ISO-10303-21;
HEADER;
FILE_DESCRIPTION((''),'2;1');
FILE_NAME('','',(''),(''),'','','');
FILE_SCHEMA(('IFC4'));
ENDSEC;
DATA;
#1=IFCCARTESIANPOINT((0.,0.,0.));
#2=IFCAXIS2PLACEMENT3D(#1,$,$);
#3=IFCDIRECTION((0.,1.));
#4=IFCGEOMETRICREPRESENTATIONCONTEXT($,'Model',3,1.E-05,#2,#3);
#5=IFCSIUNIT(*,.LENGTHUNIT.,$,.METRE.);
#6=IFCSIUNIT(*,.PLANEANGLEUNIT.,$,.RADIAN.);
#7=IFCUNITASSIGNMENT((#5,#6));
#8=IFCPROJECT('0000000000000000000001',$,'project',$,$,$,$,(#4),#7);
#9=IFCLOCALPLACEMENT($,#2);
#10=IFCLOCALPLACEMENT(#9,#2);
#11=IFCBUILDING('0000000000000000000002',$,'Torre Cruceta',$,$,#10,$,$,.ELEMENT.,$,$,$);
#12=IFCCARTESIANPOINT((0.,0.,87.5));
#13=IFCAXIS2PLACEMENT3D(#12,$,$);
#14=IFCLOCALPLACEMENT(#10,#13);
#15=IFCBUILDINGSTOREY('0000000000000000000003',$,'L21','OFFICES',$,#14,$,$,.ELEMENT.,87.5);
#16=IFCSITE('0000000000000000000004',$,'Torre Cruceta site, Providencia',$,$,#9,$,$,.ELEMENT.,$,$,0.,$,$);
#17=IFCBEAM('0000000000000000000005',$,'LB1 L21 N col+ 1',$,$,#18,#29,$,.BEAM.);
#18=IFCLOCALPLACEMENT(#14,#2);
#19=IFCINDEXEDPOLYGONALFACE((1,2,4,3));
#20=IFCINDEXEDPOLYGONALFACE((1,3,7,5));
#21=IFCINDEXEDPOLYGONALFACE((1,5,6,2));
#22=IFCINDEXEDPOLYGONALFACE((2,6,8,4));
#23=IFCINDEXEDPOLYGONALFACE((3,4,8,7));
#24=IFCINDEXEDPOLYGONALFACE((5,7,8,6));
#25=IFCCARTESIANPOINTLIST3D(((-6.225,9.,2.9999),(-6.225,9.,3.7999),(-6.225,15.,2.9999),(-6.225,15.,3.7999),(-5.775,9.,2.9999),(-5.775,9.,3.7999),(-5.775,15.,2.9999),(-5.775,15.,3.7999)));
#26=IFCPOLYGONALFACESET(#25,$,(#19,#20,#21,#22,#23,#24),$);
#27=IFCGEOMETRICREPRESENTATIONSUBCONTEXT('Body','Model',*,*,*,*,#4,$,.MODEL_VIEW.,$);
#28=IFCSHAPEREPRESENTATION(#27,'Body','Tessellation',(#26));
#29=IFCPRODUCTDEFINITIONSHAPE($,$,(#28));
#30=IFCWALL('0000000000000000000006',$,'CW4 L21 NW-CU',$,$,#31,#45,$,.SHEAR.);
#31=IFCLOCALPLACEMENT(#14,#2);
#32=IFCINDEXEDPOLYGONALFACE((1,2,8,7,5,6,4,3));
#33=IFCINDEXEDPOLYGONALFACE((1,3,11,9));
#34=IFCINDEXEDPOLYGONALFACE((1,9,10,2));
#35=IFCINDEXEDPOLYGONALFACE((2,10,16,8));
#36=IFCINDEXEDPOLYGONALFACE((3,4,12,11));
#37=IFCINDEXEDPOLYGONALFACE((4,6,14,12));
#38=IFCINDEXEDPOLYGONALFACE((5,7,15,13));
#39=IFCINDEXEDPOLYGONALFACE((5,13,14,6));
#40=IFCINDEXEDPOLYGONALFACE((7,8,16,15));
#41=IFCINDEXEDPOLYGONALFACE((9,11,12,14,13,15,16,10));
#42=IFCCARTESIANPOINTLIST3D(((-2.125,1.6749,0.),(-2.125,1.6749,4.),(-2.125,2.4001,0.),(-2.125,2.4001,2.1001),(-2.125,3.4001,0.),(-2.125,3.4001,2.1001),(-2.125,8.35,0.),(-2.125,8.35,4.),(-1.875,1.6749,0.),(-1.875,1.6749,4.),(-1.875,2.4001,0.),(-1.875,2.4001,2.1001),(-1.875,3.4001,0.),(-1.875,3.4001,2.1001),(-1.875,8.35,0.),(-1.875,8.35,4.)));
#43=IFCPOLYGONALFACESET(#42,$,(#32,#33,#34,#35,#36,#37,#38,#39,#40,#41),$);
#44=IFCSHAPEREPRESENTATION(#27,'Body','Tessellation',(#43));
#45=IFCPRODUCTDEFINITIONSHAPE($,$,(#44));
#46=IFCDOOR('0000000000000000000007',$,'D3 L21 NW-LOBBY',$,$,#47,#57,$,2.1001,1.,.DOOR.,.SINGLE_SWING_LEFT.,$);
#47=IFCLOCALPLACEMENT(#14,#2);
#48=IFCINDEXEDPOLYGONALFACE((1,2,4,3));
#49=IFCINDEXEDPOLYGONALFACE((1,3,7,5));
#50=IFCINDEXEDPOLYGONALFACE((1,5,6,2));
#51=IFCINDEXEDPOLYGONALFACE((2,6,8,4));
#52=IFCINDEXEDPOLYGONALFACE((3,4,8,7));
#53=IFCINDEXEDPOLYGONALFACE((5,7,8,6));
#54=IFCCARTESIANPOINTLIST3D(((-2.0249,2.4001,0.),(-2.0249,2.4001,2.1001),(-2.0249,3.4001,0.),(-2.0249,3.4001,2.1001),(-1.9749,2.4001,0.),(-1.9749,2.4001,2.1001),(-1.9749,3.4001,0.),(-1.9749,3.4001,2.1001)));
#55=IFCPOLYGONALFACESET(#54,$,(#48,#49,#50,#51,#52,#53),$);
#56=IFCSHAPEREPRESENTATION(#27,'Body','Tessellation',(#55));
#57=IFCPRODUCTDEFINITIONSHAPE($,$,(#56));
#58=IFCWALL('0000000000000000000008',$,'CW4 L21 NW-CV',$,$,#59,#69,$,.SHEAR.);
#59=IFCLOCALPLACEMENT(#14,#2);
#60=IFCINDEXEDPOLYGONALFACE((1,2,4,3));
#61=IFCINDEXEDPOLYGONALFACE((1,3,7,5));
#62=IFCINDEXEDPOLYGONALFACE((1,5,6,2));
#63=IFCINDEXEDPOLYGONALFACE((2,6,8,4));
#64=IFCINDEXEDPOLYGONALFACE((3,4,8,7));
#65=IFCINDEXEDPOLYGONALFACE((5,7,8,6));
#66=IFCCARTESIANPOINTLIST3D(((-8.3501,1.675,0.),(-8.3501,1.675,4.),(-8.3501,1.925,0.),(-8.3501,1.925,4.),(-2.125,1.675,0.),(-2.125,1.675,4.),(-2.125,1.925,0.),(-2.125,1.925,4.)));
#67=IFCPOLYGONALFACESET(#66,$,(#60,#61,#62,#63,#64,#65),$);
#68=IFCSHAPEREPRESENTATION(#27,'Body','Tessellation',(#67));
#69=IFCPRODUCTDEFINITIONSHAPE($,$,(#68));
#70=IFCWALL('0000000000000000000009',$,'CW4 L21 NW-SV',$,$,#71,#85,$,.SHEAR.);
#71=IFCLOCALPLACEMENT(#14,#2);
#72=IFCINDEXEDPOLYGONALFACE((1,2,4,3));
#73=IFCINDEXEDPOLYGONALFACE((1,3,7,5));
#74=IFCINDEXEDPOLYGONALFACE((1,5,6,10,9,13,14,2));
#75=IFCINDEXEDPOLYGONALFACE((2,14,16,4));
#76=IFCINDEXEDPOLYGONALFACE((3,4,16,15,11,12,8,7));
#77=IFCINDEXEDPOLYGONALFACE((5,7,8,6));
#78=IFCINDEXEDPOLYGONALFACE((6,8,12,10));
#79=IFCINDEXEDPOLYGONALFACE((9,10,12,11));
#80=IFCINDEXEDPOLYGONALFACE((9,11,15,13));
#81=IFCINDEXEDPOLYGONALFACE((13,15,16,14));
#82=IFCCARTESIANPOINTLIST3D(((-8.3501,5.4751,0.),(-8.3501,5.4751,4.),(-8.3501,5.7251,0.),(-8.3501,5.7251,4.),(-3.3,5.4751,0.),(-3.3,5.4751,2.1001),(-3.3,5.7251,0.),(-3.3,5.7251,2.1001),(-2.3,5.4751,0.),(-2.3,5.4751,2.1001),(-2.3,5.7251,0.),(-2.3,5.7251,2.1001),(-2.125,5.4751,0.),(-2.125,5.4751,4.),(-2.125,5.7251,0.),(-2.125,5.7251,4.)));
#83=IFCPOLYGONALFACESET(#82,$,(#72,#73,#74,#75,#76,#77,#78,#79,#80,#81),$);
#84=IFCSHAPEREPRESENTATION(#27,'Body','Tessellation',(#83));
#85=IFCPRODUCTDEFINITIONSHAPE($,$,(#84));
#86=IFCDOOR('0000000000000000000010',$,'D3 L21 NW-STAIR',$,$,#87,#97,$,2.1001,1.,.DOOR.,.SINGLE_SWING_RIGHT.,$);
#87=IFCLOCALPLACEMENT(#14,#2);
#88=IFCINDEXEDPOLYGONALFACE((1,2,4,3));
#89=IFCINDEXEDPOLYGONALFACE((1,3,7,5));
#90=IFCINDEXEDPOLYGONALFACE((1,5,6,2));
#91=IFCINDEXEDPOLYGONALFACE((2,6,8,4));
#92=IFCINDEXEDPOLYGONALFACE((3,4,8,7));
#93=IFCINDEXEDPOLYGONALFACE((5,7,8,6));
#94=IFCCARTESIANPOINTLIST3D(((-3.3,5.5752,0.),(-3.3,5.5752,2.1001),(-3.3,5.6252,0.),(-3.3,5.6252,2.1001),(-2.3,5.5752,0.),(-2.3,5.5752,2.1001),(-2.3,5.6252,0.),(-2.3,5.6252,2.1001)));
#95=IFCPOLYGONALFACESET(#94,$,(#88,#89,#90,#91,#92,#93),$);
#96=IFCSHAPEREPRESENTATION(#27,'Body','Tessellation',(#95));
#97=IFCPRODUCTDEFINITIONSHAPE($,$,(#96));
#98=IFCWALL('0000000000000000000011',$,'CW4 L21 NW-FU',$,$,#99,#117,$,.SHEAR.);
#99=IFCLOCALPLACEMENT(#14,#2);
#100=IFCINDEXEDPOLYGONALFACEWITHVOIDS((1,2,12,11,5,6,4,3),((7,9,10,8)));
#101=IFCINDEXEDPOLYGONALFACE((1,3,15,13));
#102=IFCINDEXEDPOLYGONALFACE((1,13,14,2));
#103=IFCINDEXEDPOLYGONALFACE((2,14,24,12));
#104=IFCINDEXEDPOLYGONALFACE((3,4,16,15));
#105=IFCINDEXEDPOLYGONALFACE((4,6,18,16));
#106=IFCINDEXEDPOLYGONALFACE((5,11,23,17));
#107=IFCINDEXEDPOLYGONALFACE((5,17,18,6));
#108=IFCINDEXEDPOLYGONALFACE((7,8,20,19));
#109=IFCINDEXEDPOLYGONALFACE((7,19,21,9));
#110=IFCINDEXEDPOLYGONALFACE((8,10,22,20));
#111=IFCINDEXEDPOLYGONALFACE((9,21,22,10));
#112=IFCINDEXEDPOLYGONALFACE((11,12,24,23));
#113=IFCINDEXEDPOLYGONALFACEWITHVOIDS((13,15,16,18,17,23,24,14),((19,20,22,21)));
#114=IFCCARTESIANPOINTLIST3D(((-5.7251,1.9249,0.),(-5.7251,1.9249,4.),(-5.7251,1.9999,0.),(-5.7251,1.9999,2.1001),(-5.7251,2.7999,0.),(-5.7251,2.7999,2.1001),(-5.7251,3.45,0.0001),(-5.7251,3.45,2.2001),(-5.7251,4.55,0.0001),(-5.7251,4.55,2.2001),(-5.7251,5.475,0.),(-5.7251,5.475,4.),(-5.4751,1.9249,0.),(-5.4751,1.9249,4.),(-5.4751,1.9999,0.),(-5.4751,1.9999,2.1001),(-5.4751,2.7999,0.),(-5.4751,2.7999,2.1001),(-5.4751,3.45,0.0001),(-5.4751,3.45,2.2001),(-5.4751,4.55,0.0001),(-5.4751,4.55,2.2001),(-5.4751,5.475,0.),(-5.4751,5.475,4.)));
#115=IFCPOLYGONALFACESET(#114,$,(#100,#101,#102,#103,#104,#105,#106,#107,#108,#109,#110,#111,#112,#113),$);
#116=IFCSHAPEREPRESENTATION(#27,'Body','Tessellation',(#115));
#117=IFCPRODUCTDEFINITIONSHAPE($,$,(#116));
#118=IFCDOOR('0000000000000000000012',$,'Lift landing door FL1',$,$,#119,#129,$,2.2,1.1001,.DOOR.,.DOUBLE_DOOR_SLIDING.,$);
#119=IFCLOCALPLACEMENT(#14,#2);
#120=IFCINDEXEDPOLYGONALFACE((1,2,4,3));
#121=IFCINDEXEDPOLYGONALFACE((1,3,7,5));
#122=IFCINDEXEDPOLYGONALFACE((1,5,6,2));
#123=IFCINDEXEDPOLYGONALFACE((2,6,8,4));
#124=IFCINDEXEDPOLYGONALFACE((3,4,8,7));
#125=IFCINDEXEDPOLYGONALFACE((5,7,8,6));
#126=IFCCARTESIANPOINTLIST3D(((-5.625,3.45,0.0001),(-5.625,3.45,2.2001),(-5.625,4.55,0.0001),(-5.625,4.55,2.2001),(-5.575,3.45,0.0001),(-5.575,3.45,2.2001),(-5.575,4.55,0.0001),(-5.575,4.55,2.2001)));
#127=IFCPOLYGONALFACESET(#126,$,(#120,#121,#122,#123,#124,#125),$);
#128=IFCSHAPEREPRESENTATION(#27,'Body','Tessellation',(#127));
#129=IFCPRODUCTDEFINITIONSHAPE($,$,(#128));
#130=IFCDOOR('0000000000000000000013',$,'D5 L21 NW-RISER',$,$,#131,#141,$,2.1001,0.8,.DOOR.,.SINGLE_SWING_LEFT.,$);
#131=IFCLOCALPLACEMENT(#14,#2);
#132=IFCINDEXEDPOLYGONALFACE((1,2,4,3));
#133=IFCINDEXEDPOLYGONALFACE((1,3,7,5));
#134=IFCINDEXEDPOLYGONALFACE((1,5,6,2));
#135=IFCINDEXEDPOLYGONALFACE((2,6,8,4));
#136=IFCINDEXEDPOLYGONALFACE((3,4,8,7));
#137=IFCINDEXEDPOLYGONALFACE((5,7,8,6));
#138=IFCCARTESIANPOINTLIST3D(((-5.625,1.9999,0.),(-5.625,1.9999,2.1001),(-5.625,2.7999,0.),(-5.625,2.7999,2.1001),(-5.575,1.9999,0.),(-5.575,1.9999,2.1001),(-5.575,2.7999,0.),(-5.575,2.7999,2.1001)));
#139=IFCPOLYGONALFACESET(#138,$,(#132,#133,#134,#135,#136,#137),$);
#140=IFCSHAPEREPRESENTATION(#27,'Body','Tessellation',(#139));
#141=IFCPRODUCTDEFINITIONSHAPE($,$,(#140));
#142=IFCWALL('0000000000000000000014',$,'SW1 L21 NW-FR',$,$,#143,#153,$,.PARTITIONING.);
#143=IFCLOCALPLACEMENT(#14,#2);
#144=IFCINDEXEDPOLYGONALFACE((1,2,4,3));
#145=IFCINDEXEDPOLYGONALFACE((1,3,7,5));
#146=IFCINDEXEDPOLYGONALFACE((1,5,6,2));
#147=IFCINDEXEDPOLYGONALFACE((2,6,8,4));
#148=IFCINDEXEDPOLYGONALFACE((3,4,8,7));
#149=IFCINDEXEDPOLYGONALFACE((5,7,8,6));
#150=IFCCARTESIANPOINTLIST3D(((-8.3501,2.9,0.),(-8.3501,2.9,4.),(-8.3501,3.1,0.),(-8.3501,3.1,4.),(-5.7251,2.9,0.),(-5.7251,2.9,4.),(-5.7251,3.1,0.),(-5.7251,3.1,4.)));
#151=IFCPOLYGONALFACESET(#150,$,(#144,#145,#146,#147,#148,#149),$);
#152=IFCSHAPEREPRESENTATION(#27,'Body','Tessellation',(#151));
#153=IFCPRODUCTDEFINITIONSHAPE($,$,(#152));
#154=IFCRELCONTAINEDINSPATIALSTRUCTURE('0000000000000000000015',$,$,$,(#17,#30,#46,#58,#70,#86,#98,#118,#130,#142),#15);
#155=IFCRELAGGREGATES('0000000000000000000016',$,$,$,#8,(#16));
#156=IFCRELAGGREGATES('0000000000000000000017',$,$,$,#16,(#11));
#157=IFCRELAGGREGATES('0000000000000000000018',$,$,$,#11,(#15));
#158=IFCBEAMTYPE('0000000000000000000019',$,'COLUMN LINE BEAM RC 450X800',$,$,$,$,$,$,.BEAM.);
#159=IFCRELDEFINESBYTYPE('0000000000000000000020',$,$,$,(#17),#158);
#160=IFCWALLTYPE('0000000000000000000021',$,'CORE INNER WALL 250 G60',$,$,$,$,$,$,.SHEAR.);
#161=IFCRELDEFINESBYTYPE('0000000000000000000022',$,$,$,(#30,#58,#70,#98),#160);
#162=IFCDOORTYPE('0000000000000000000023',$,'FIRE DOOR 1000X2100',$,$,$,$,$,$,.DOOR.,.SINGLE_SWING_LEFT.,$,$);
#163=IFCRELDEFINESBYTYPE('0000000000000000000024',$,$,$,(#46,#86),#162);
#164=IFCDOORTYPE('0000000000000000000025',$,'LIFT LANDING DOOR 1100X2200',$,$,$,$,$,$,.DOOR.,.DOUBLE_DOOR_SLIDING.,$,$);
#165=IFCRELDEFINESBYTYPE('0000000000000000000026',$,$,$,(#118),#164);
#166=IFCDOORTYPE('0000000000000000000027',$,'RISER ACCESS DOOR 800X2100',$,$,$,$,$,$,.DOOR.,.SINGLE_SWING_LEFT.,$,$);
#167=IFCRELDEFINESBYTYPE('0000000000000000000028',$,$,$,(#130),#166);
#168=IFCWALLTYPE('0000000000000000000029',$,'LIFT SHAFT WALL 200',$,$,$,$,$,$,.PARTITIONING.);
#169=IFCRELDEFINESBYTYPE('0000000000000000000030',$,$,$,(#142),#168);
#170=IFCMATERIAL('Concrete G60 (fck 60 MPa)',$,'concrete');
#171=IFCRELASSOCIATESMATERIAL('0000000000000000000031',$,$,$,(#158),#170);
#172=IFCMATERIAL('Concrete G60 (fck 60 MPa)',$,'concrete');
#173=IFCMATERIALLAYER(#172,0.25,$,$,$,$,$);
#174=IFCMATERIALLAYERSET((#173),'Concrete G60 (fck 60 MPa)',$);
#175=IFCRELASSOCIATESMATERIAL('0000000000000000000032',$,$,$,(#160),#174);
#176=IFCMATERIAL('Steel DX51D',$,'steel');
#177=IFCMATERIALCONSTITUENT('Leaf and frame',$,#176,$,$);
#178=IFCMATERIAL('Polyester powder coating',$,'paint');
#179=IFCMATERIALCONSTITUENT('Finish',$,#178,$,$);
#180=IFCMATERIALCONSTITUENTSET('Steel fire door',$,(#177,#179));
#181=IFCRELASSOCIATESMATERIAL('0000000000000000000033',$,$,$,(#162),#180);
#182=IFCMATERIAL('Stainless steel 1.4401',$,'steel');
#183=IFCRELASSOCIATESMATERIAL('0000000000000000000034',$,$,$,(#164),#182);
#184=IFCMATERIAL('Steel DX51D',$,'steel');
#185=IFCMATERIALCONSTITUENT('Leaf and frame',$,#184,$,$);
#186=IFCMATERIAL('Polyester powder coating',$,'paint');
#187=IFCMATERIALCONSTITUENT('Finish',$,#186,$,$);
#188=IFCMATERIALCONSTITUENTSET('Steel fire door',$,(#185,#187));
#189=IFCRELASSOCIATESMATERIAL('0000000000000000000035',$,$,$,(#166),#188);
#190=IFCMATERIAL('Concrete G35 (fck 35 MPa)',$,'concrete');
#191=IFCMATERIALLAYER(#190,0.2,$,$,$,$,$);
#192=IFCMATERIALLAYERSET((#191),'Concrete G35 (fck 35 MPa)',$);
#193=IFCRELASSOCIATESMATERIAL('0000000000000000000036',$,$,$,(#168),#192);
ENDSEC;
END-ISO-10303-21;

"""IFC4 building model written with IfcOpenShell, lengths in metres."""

from ifc_helpers import new_model, si_unit, direction, frame, frame_2d, origin, origin_2d, place, context, subcontext, project, spatial, rectangle, extrude, material, layer, layer_set, constituent, constituent_set, material_profile, profile_set, type_object, element, fill, save


model = new_model("IFC4")

# Units and contexts
model_context = context("Model", 3, precision=1e-05, world=origin(), true_north=direction((0.0, 1.0)))
body_context = subcontext(model_context, "Body", "Model", "MODEL_VIEW")
ifc_project = project(units=[si_unit("LENGTHUNIT", "METRE"), si_unit("PLANEANGLEUNIT", "RADIAN")], contexts=[model_context])

# Site, building, storey
site_placement = place(None, origin())
site = spatial("IfcSite", under=ifc_project, at=site_placement, Name="Torre Cruceta site, Providencia", CompositionType="ELEMENT", RefElevation=0.0)
building_placement = place(site_placement, origin())
building = spatial("IfcBuilding", under=site, at=building_placement, Name="Torre Cruceta", CompositionType="ELEMENT")
storey_placement = place(building_placement, frame((0.0, 0.0, 87.5)))
storey = spatial("IfcBuildingStorey", under=building, at=storey_placement, Name="L21", Description="OFFICES", CompositionType="ELEMENT", Elevation=87.5)

# Beam
ifc_material_1 = material(Name="Concrete G60 (fck 60 MPa)", Category="concrete")
ifc_material_profile = material_profile(ifc_material_1, rectangle(XDim=0.45, YDim=0.8, at=origin_2d()), Name="RC 450X800")
ifc_profile_set = profile_set([ifc_material_profile], Name="Concrete G60 (fck 60 MPa)")
beam_type = type_object("IfcBeamType", Name="COLUMN LINE BEAM RC 450X800", PredefinedType="BEAM", material=ifc_profile_set)
beam_placement = place(storey_placement, frame((-6.0, 9.0, 3.3999), z_axis=(0.0, 1.0, 0.0), x_axis=(-1.0, 0.0, 0.0)))
element("IfcBeam", 1, at=beam_placement, inside=storey, type_object=beam_type, Name="LB1 L21 N col+ 1", PredefinedType="BEAM", context=body_context, shape_type="SweptSolid", body=[
    extrude(rectangle(XDim=0.45, YDim=0.8, at=origin_2d()), origin(), (0.0, 0.0, 1.0), 6.0),
])

# Wall, opening, door
ifc_material_2 = material(Name="Concrete G60 (fck 60 MPa)", Category="concrete")
ifc_layer_1 = layer(ifc_material_2, 0.25)
ifc_layer_set_1 = layer_set([ifc_layer_1], Name="Concrete G60 (fck 60 MPa)")
wall_type_1 = type_object("IfcWallType", Name="CORE INNER WALL 250 G60", PredefinedType="SHEAR", material=ifc_layer_set_1)
wall_1_placement = place(storey_placement, frame((-2.0, 1.675, 0.0), z_axis=(0.0, 0.0, 1.0), x_axis=(0.0, 1.0, 0.0)))
wall_1 = element("IfcWall", 2, at=wall_1_placement, inside=storey, type_object=wall_type_1, Name="CW4 L21 NW-CU", PredefinedType="SHEAR", context=body_context, shape_type="SweptSolid", body=[
    extrude(rectangle(XDim=6.675, YDim=0.25, at=frame_2d((3.3374, 0.0))), origin(), (0.0, 0.0, 1.0), 4.0),
])
opening_1_placement = place(wall_1_placement, frame((0.7251, 0.0, 0.0)))
opening_1 = element("IfcOpeningElement", 3, at=opening_1_placement, cuts=wall_1, PredefinedType="OPENING", context=body_context, shape_type="SweptSolid", body=[
    extrude(rectangle(XDim=1.0, YDim=2.1001, at=frame_2d((0.5, 1.05))), frame((0.0, 0.135, 0.0), z_axis=(0.0, -1.0, 0.0), x_axis=(1.0, 0.0, 0.0)), (0.0, 0.0, 1.0), 0.27),
])
ifc_material_3 = material(Name="Steel DX51D", Category="steel")
ifc_constituent_1 = constituent(ifc_material_3, Name="Leaf and frame")
ifc_material_4 = material(Name="Polyester powder coating", Category="paint")
ifc_constituent_2 = constituent(ifc_material_4, Name="Finish")
ifc_constituent_set_1 = constituent_set(constituents=[ifc_constituent_1, ifc_constituent_2], Name="Steel fire door")
door_type_1 = type_object("IfcDoorType", Name="FIRE DOOR 1000X2100", OperationType="SINGLE_SWING_LEFT", PredefinedType="DOOR", material=ifc_constituent_set_1)
door_1_placement = place(opening_1_placement, origin())
door_1 = element("IfcDoor", 4, at=door_1_placement, inside=storey, type_object=door_type_1, Name="D3 L21 NW-LOBBY", OperationType="SINGLE_SWING_LEFT", OverallHeight=2.1001, OverallWidth=1.0, PredefinedType="DOOR", context=body_context, shape_type="SweptSolid", body=[
    extrude(rectangle(XDim=1.0, YDim=2.1001, at=frame_2d((0.5, 1.05))), frame((0.0, 0.0249, 0.0), z_axis=(0.0, -1.0, 0.0), x_axis=(1.0, 0.0, 0.0)), (0.0, 0.0, 1.0), 0.05),
])
fill(opening_1, door_1)

# Wall
wall_2_placement = place(storey_placement, frame((-2.125, 1.8, 0.0), z_axis=(0.0, 0.0, 1.0), x_axis=(-1.0, 0.0, 0.0)))
element("IfcWall", 5, at=wall_2_placement, inside=storey, type_object=wall_type_1, Name="CW4 L21 NW-CV", PredefinedType="SHEAR", context=body_context, shape_type="SweptSolid", body=[
    extrude(rectangle(XDim=6.2251, YDim=0.25, at=frame_2d((3.1125, 0.0))), origin(), (0.0, 0.0, 1.0), 4.0),
])

# Wall, opening, door
wall_3_placement = place(storey_placement, frame((-2.125, 5.6001, 0.0), z_axis=(0.0, 0.0, 1.0), x_axis=(-1.0, 0.0, 0.0)))
wall_3 = element("IfcWall", 6, at=wall_3_placement, inside=storey, type_object=wall_type_1, Name="CW4 L21 NW-SV", PredefinedType="SHEAR", context=body_context, shape_type="SweptSolid", body=[
    extrude(rectangle(XDim=6.2251, YDim=0.25, at=frame_2d((3.1125, 0.0))), origin(), (0.0, 0.0, 1.0), 4.0),
])
opening_2_placement = place(wall_3_placement, frame((0.175, 0.0, 0.0)))
opening_2 = element("IfcOpeningElement", 7, at=opening_2_placement, cuts=wall_3, PredefinedType="OPENING", context=body_context, shape_type="SweptSolid", body=[
    extrude(rectangle(XDim=1.0, YDim=2.1001, at=frame_2d((0.5, 1.05))), frame((0.0, 0.135, 0.0), z_axis=(0.0, -1.0, 0.0), x_axis=(1.0, 0.0, 0.0)), (0.0, 0.0, 1.0), 0.27),
])
door_2_placement = place(opening_2_placement, frame((1.0, 0.0, 0.0), z_axis=(0.0, 0.0, 1.0), x_axis=(-1.0, 0.0, 0.0)))
door_2 = element("IfcDoor", 8, at=door_2_placement, inside=storey, type_object=door_type_1, Name="D3 L21 NW-STAIR", OperationType="SINGLE_SWING_RIGHT", OverallHeight=2.1001, OverallWidth=1.0, PredefinedType="DOOR", context=body_context, shape_type="SweptSolid", body=[
    extrude(rectangle(XDim=1.0, YDim=2.1001, at=frame_2d((0.5, 1.05))), frame((0.0, 0.0251, 0.0), z_axis=(0.0, -1.0, 0.0), x_axis=(1.0, 0.0, 0.0)), (0.0, 0.0, 1.0), 0.05),
])
fill(opening_2, door_2)

# Wall, openings, doors
wall_4_placement = place(storey_placement, frame((-5.6001, 1.925, 0.0), z_axis=(0.0, 0.0, 1.0), x_axis=(0.0, 1.0, 0.0)))
wall_4 = element("IfcWall", 9, at=wall_4_placement, inside=storey, type_object=wall_type_1, Name="CW4 L21 NW-FU", PredefinedType="SHEAR", context=body_context, shape_type="SweptSolid", body=[
    extrude(rectangle(XDim=3.55, YDim=0.25, at=frame_2d((1.7749, 0.0))), origin(), (0.0, 0.0, 1.0), 4.0),
])
opening_3_placement = place(wall_4_placement, frame((1.5249, 0.0, 0.0)))
opening_3 = element("IfcOpeningElement", 10, at=opening_3_placement, cuts=wall_4, PredefinedType="OPENING", context=body_context, shape_type="SweptSolid", body=[
    extrude(rectangle(XDim=1.1001, YDim=2.2, at=frame_2d((0.55, 1.1001))), frame((0.0, 0.135, 0.0), z_axis=(0.0, -1.0, 0.0), x_axis=(1.0, 0.0, 0.0)), (0.0, 0.0, 1.0), 0.27),
])
opening_4_placement = place(wall_4_placement, frame((0.075, 0.0, 0.0)))
opening_4 = element("IfcOpeningElement", 11, at=opening_4_placement, cuts=wall_4, PredefinedType="OPENING", context=body_context, shape_type="SweptSolid", body=[
    extrude(rectangle(XDim=0.8, YDim=2.1001, at=frame_2d((0.3999, 1.05))), frame((0.0, 0.135, 0.0), z_axis=(0.0, -1.0, 0.0), x_axis=(1.0, 0.0, 0.0)), (0.0, 0.0, 1.0), 0.27),
])
ifc_material_5 = material(Name="Stainless steel 1.4401", Category="steel")
door_type_2 = type_object("IfcDoorType", Name="LIFT LANDING DOOR 1100X2200", OperationType="DOUBLE_DOOR_SLIDING", PredefinedType="DOOR", material=ifc_material_5)
door_3_placement = place(opening_3_placement, origin())
door_3 = element("IfcDoor", 12, at=door_3_placement, inside=storey, type_object=door_type_2, Name="Lift landing door FL1", OperationType="DOUBLE_DOOR_SLIDING", OverallHeight=2.2, OverallWidth=1.1001, PredefinedType="DOOR", context=body_context, shape_type="SweptSolid", body=[
    extrude(rectangle(XDim=1.1001, YDim=2.2, at=frame_2d((0.55, 1.1001))), frame((0.0, 0.0249, 0.0), z_axis=(0.0, -1.0, 0.0), x_axis=(1.0, 0.0, 0.0)), (0.0, 0.0, 1.0), 0.05),
])
fill(opening_3, door_3)
ifc_material_6 = material(Name="Steel DX51D", Category="steel")
ifc_constituent_3 = constituent(ifc_material_6, Name="Leaf and frame")
ifc_material_7 = material(Name="Polyester powder coating", Category="paint")
ifc_constituent_4 = constituent(ifc_material_7, Name="Finish")
ifc_constituent_set_2 = constituent_set(constituents=[ifc_constituent_3, ifc_constituent_4], Name="Steel fire door")
door_type_3 = type_object("IfcDoorType", Name="RISER ACCESS DOOR 800X2100", OperationType="SINGLE_SWING_LEFT", PredefinedType="DOOR", material=ifc_constituent_set_2)
door_4_placement = place(opening_4_placement, origin())
door_4 = element("IfcDoor", 13, at=door_4_placement, inside=storey, type_object=door_type_3, Name="D5 L21 NW-RISER", OperationType="SINGLE_SWING_LEFT", OverallHeight=2.1001, OverallWidth=0.8, PredefinedType="DOOR", context=body_context, shape_type="SweptSolid", body=[
    extrude(rectangle(XDim=0.8, YDim=2.1001, at=frame_2d((0.3999, 1.05))), frame((0.0, 0.0249, 0.0), z_axis=(0.0, -1.0, 0.0), x_axis=(1.0, 0.0, 0.0)), (0.0, 0.0, 1.0), 0.05),
])
fill(opening_4, door_4)

# Wall
ifc_material_8 = material(Name="Concrete G35 (fck 35 MPa)", Category="concrete")
ifc_layer_2 = layer(ifc_material_8, 0.2)
ifc_layer_set_2 = layer_set([ifc_layer_2], Name="Concrete G35 (fck 35 MPa)")
wall_type_2 = type_object("IfcWallType", Name="LIFT SHAFT WALL 200", PredefinedType="PARTITIONING", material=ifc_layer_set_2)
wall_5_placement = place(storey_placement, frame((-5.7251, 3.0, 0.0), z_axis=(0.0, 0.0, 1.0), x_axis=(-1.0, 0.0, 0.0)))
element("IfcWall", 14, at=wall_5_placement, inside=storey, type_object=wall_type_2, Name="SW1 L21 NW-FR", PredefinedType="PARTITIONING", context=body_context, shape_type="SweptSolid", body=[
    extrude(rectangle(XDim=2.625, YDim=0.2, at=frame_2d((1.3125, 0.0))), origin(), (0.0, 0.0, 1.0), 4.0),
])

save(model, "model.ifc")
